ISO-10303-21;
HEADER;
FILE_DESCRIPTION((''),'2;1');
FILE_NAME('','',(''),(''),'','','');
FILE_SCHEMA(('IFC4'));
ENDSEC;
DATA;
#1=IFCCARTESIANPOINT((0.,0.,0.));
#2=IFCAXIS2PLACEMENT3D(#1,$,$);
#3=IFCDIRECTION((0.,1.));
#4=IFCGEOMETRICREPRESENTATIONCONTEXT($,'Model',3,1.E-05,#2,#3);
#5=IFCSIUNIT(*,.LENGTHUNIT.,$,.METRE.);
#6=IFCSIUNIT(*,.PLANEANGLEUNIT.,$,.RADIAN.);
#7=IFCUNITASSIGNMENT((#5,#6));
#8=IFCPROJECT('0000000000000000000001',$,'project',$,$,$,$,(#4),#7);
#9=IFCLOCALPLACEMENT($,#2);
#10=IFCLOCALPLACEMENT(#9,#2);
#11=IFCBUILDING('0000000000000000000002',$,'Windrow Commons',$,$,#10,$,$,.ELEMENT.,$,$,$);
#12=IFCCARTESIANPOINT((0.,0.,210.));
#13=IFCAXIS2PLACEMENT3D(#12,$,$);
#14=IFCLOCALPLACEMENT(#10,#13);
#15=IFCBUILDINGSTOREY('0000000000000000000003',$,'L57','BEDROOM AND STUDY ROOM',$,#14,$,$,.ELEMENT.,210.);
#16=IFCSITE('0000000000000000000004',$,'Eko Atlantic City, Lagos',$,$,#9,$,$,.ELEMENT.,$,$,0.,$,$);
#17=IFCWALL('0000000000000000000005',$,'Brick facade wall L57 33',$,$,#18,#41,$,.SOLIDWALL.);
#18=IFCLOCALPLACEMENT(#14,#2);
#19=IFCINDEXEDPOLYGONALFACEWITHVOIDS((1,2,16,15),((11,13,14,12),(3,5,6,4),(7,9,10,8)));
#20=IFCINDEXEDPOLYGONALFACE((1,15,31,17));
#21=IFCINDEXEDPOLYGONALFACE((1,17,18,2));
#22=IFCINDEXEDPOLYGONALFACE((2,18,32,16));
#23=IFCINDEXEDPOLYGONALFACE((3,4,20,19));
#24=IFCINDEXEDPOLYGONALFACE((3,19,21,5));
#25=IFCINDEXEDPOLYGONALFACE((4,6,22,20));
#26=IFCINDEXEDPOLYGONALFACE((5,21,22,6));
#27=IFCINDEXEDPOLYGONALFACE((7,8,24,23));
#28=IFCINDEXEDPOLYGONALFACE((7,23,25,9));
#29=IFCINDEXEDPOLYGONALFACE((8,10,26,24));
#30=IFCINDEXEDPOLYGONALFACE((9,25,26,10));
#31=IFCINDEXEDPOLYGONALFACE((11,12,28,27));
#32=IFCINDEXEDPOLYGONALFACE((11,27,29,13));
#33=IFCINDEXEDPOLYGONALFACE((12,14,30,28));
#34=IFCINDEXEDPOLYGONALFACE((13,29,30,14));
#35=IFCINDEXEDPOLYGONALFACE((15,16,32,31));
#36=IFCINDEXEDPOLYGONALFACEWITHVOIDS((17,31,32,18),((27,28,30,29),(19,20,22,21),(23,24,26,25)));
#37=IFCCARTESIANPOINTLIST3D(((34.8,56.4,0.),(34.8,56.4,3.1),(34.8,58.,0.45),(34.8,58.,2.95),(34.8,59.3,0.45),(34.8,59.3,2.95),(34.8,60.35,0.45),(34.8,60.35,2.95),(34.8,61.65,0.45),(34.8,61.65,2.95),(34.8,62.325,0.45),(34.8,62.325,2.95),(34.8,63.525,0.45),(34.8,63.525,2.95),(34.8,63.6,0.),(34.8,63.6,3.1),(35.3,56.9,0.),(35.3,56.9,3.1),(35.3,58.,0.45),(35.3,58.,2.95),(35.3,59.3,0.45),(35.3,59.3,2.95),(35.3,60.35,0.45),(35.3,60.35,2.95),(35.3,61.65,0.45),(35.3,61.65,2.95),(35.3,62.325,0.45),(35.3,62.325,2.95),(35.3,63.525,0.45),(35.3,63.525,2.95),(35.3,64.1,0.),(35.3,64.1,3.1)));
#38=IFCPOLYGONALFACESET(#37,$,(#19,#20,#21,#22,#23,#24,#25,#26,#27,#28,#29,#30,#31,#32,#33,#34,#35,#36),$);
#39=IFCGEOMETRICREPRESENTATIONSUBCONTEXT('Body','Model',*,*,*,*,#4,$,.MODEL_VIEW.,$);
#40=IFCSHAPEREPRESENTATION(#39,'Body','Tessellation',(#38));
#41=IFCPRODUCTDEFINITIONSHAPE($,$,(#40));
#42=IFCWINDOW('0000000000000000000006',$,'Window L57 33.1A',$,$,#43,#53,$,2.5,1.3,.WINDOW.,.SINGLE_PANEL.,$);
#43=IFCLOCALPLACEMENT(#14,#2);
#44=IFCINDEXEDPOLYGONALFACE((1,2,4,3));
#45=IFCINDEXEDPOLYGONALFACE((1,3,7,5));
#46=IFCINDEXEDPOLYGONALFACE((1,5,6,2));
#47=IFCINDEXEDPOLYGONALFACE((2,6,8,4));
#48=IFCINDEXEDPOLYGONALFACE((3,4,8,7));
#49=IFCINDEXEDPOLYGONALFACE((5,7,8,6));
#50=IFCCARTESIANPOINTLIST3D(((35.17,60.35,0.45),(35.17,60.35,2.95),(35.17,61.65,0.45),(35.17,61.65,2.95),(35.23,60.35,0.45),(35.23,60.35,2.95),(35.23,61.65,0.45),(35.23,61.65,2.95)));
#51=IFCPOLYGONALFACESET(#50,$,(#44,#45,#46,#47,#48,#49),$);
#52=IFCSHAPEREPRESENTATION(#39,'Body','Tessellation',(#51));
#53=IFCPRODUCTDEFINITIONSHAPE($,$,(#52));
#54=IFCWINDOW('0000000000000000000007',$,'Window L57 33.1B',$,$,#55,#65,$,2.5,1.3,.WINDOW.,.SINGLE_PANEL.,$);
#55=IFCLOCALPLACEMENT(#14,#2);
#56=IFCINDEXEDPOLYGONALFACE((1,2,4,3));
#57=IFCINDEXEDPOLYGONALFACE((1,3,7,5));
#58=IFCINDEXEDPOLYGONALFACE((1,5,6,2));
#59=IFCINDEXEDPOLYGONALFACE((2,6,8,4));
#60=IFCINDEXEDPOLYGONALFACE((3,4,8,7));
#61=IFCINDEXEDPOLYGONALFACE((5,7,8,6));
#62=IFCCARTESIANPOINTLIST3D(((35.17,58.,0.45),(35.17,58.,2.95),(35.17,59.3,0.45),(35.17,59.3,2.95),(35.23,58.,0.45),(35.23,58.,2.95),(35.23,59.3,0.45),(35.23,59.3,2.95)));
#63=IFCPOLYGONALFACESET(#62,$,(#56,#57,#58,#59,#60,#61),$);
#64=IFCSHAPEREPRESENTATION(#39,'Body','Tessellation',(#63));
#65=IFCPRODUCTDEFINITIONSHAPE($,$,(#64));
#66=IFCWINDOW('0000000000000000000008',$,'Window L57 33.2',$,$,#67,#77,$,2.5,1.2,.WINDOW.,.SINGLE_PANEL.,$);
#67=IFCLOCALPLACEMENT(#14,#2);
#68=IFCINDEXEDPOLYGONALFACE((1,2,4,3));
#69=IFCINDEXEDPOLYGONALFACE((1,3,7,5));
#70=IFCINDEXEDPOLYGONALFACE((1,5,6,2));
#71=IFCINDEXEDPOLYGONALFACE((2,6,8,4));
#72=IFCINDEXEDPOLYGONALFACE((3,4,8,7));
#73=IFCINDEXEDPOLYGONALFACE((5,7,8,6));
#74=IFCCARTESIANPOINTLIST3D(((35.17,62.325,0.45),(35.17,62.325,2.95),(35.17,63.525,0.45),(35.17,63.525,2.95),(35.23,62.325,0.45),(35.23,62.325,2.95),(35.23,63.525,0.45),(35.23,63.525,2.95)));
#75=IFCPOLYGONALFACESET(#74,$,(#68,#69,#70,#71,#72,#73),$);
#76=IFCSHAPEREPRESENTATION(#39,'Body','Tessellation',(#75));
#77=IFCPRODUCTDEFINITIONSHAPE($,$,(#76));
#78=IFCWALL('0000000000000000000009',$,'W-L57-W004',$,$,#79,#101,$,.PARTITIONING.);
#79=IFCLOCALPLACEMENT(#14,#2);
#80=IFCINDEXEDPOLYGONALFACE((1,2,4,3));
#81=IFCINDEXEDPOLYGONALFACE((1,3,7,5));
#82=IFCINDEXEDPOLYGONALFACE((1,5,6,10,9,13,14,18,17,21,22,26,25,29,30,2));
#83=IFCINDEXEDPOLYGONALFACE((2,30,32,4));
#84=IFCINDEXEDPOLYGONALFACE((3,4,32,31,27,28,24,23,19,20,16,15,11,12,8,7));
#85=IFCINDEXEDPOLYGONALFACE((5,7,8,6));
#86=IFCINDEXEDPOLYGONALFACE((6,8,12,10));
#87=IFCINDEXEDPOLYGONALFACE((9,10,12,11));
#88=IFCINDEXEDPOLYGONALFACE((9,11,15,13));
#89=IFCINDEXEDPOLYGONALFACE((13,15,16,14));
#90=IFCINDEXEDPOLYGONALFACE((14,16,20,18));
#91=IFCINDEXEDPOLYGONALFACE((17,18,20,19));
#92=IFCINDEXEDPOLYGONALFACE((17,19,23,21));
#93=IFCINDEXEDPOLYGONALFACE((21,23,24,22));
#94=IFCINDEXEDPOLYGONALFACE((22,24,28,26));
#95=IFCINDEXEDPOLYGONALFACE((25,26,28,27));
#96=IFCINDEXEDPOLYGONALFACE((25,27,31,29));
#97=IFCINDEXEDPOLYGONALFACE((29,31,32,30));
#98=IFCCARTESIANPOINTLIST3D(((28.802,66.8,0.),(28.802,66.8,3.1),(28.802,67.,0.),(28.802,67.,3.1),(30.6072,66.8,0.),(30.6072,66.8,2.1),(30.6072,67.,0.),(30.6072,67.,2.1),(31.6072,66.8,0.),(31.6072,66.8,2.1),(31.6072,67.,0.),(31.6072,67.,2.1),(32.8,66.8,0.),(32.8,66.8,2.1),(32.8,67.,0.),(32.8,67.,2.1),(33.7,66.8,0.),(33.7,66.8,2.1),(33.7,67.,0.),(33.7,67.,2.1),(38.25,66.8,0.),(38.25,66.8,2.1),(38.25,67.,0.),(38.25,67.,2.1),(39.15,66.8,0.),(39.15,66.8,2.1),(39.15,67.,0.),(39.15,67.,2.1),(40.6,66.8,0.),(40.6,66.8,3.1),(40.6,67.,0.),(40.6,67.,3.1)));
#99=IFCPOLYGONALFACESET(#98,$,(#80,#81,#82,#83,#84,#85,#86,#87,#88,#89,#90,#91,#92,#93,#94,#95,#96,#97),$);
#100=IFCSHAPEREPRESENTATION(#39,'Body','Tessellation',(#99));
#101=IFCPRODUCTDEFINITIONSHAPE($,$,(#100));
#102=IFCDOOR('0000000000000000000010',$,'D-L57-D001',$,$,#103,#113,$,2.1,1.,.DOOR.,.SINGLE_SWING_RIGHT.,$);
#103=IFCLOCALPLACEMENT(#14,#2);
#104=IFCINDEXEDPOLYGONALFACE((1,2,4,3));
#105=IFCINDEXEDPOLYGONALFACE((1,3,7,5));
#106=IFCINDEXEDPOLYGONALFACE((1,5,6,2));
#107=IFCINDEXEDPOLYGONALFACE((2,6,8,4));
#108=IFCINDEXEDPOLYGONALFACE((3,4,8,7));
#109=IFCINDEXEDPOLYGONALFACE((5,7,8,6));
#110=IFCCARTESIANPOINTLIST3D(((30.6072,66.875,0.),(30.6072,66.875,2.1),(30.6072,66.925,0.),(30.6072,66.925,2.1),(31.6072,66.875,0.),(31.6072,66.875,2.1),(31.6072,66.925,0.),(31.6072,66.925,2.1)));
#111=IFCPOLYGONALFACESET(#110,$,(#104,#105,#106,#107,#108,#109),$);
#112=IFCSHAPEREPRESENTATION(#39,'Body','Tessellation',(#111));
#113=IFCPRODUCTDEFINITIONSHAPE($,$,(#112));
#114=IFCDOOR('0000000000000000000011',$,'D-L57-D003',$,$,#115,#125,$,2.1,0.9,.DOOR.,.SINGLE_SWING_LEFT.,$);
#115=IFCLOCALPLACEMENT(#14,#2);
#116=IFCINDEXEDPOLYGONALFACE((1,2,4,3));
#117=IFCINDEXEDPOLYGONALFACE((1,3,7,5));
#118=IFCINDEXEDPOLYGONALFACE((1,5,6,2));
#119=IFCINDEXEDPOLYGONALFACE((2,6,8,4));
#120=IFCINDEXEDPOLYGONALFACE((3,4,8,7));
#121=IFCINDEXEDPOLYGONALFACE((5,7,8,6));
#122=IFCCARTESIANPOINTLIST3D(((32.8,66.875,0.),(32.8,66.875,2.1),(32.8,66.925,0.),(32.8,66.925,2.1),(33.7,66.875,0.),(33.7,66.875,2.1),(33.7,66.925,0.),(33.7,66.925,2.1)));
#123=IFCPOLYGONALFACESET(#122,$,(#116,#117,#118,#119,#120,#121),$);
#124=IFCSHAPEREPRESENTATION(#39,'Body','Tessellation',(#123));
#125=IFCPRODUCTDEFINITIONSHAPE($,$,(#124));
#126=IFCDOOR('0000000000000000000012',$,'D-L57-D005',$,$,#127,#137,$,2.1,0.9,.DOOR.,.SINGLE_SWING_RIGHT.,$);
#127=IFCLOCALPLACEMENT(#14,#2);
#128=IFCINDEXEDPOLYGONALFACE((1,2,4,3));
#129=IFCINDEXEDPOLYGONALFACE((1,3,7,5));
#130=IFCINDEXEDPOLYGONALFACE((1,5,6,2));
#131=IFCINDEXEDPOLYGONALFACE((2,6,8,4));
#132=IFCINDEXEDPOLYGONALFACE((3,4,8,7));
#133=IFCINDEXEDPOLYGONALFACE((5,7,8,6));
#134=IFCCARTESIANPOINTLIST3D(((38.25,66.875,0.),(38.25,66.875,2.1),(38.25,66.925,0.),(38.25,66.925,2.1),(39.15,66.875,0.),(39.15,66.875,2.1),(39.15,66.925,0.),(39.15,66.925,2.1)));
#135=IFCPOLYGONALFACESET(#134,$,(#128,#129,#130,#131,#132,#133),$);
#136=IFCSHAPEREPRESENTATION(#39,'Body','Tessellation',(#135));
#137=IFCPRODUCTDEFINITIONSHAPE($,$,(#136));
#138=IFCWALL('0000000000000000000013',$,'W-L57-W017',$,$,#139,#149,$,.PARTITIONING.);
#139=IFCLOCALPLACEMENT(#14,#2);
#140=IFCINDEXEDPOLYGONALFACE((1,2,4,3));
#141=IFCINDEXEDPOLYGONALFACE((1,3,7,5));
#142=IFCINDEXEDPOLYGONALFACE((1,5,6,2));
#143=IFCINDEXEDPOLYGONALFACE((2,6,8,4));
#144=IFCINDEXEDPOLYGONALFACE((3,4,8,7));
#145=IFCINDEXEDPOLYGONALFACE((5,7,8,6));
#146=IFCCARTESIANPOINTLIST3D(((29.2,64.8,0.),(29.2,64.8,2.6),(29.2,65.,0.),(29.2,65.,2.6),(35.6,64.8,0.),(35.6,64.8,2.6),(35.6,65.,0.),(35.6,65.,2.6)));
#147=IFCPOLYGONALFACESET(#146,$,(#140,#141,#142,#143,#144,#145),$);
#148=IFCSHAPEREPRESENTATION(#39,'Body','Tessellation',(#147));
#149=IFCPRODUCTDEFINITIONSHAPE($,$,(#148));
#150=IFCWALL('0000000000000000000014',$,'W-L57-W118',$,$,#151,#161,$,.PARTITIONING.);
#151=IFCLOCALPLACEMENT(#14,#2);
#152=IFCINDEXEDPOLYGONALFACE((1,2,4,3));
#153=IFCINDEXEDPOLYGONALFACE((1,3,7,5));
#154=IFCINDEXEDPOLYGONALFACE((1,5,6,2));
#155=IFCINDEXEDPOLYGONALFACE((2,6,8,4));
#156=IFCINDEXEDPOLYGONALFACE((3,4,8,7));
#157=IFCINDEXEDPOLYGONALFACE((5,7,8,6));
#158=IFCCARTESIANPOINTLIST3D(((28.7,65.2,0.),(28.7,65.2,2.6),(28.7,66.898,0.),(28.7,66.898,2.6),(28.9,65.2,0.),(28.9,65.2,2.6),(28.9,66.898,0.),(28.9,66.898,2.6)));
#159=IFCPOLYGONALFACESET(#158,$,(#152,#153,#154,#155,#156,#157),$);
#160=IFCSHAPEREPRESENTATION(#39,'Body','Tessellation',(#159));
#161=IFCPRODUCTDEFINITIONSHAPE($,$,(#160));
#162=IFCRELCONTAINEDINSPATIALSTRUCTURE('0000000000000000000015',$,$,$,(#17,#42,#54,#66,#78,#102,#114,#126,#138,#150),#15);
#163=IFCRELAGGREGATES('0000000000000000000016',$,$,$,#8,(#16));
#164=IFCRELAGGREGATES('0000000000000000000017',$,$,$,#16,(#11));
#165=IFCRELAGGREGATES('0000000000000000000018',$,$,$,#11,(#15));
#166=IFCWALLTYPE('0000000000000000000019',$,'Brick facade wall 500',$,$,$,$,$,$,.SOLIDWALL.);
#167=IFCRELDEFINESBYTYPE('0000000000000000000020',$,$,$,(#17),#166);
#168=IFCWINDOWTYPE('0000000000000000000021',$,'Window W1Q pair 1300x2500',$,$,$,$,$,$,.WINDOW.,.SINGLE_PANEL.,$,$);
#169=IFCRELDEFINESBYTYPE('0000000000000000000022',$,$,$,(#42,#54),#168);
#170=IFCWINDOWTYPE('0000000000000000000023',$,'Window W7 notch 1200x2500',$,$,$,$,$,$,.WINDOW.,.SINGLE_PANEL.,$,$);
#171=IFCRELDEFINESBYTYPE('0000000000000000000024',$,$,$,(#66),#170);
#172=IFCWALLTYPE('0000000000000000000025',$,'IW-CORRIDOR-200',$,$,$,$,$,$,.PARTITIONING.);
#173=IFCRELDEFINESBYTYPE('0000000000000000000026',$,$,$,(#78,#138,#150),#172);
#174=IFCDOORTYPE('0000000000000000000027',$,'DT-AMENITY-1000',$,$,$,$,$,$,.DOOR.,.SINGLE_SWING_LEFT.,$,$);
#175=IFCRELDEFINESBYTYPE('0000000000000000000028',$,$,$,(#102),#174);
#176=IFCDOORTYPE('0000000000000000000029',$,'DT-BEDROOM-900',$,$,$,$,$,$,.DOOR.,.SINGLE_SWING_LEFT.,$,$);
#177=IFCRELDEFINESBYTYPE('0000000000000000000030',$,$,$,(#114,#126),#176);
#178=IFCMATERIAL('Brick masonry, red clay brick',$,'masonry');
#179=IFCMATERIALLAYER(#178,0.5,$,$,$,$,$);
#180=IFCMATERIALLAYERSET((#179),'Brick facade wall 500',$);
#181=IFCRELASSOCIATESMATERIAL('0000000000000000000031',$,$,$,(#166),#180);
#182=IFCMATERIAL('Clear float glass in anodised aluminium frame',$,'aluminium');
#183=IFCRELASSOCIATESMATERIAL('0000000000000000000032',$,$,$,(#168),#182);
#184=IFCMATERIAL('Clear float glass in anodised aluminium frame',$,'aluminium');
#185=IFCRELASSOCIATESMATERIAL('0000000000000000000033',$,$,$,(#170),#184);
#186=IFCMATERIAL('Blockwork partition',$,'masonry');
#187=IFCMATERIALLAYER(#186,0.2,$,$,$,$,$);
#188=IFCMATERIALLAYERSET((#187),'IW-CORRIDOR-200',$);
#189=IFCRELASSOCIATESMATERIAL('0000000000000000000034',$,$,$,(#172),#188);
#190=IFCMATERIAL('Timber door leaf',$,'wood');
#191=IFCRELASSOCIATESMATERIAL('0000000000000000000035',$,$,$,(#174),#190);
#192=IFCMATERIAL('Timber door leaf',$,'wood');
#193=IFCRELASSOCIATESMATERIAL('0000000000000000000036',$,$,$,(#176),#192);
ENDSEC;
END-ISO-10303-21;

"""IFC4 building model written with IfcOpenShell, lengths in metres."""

from ifc_helpers import new_model, si_unit, direction, frame, frame_2d, origin, place, context, subcontext, project, spatial, polyline, rectangle, outline, extrude, material, layer, layer_set, type_object, element, fill, save


model = new_model("IFC4")

# Units and contexts
model_context = context("Model", 3, precision=1e-05, world=origin(), true_north=direction((0.0, 1.0)))
body_context = subcontext(model_context, "Body", "Model", "MODEL_VIEW")
ifc_project = project(units=[si_unit("LENGTHUNIT", "METRE"), si_unit("PLANEANGLEUNIT", "RADIAN")], contexts=[model_context])

# Site, building, storey
site_placement = place(None, origin())
site = spatial("IfcSite", under=ifc_project, at=site_placement, Name="Eko Atlantic City, Lagos", CompositionType="ELEMENT", RefElevation=0.0)
building_placement = place(site_placement, origin())
building = spatial("IfcBuilding", under=site, at=building_placement, Name="Windrow Commons", CompositionType="ELEMENT")
storey_placement = place(building_placement, frame((0.0, 0.0, 210.0)))
storey = spatial("IfcBuildingStorey", under=building, at=storey_placement, Name="L57", Description="BEDROOM AND STUDY ROOM", CompositionType="ELEMENT", Elevation=210.0)

# Wall, openings, windows
ifc_material_1 = material(Name="Brick masonry, red clay brick", Category="masonry")
ifc_layer_1 = layer(ifc_material_1, 0.5)
ifc_layer_set_1 = layer_set([ifc_layer_1], Name="Brick facade wall 500")
wall_type_1 = type_object("IfcWallType", Name="Brick facade wall 500", PredefinedType="SOLIDWALL", material=ifc_layer_set_1)
ifc_material_2 = material(Name="Clear float glass in anodised aluminium frame", Category="aluminium")
window_type_1 = type_object("IfcWindowType", Name="Window W1Q pair 1300x2500", PartitioningType="SINGLE_PANEL", PredefinedType="WINDOW", material=ifc_material_2)
ifc_material_3 = material(Name="Clear float glass in anodised aluminium frame", Category="aluminium")
window_type_2 = type_object("IfcWindowType", Name="Window W7 notch 1200x2500", PartitioningType="SINGLE_PANEL", PredefinedType="WINDOW", material=ifc_material_3)
wall_1_placement = place(storey_placement, frame((35.05, 63.85, 0.0), z_axis=(0.0, 0.0, 1.0), x_axis=(0.0, -1.0, 0.0)))
wall_1 = element("IfcWall", 1, at=wall_1_placement, inside=storey, type_object=wall_type_1, Name="Brick facade wall L57 33", PredefinedType="SOLIDWALL", context=body_context, shape_type="SweptSolid", body=[
    extrude(outline(polyline([(0.25, -0.25), (7.45, -0.25), (6.95, 0.25), (-0.25, 0.25), (0.25, -0.25)])), origin(), (0.0, 0.0, 1.0), 3.1),
])
opening_1_placement = place(wall_1_placement, frame((2.2, 0.0, 0.45)))
opening_1 = element("IfcOpeningElement", 2, at=opening_1_placement, cuts=wall_1, PredefinedType="OPENING", context=body_context, shape_type="SweptSolid", body=[
    extrude(rectangle(XDim=1.3, YDim=2.5, at=frame_2d((0.65, 1.25))), frame((0.0, 0.26, 0.0), z_axis=(0.0, -1.0, 0.0), x_axis=(1.0, 0.0, 0.0)), (0.0, 0.0, 1.0), 0.52),
])
opening_2_placement = place(wall_1_placement, frame((4.55, 0.0, 0.45)))
opening_2 = element("IfcOpeningElement", 3, at=opening_2_placement, cuts=wall_1, PredefinedType="OPENING", context=body_context, shape_type="SweptSolid", body=[
    extrude(rectangle(XDim=1.3, YDim=2.5, at=frame_2d((0.65, 1.25))), frame((0.0, 0.26, 0.0), z_axis=(0.0, -1.0, 0.0), x_axis=(1.0, 0.0, 0.0)), (0.0, 0.0, 1.0), 0.52),
])
opening_3_placement = place(wall_1_placement, frame((0.325, 0.0, 0.45)))
opening_3 = element("IfcOpeningElement", 4, at=opening_3_placement, cuts=wall_1, PredefinedType="OPENING", context=body_context, shape_type="SweptSolid", body=[
    extrude(rectangle(XDim=1.2, YDim=2.5, at=frame_2d((0.6, 1.25))), frame((0.0, 0.26, 0.0), z_axis=(0.0, -1.0, 0.0), x_axis=(1.0, 0.0, 0.0)), (0.0, 0.0, 1.0), 0.52),
])
window_1_placement = place(opening_1_placement, origin())
window_1 = element("IfcWindow", 5, at=window_1_placement, inside=storey, type_object=window_type_1, Name="Window L57 33.1A", OverallHeight=2.5, OverallWidth=1.3, PartitioningType="SINGLE_PANEL", PredefinedType="WINDOW", context=body_context, shape_type="SweptSolid", body=[
    extrude(rectangle(XDim=1.3, YDim=2.5, at=frame_2d((0.65, 1.25))), frame((0.0, 0.18, 0.0), z_axis=(0.0, -1.0, 0.0), x_axis=(1.0, 0.0, 0.0)), (0.0, 0.0, 1.0), 0.06),
])
fill(opening_1, window_1)
window_2_placement = place(opening_2_placement, origin())
window_2 = element("IfcWindow", 6, at=window_2_placement, inside=storey, type_object=window_type_1, Name="Window L57 33.1B", OverallHeight=2.5, OverallWidth=1.3, PartitioningType="SINGLE_PANEL", PredefinedType="WINDOW", context=body_context, shape_type="SweptSolid", body=[
    extrude(rectangle(XDim=1.3, YDim=2.5, at=frame_2d((0.65, 1.25))), frame((0.0, 0.18, 0.0), z_axis=(0.0, -1.0, 0.0), x_axis=(1.0, 0.0, 0.0)), (0.0, 0.0, 1.0), 0.06),
])
fill(opening_2, window_2)
window_3_placement = place(opening_3_placement, origin())
window_3 = element("IfcWindow", 7, at=window_3_placement, inside=storey, type_object=window_type_2, Name="Window L57 33.2", OverallHeight=2.5, OverallWidth=1.2, PartitioningType="SINGLE_PANEL", PredefinedType="WINDOW", context=body_context, shape_type="SweptSolid", body=[
    extrude(rectangle(XDim=1.2, YDim=2.5, at=frame_2d((0.6, 1.25))), frame((0.0, 0.18, 0.0), z_axis=(0.0, -1.0, 0.0), x_axis=(1.0, 0.0, 0.0)), (0.0, 0.0, 1.0), 0.06),
])
fill(opening_3, window_3)

# Wall, openings, doors
ifc_material_4 = material(Name="Blockwork partition", Category="masonry")
ifc_layer_2 = layer(ifc_material_4, 0.2)
ifc_layer_set_2 = layer_set([ifc_layer_2], Name="IW-CORRIDOR-200")
wall_type_2 = type_object("IfcWallType", Name="IW-CORRIDOR-200", PredefinedType="PARTITIONING", material=ifc_layer_set_2)
wall_2_placement = place(storey_placement, frame((28.802, 66.9, 0.0), z_axis=(0.0, 0.0, 1.0), x_axis=(1.0, 0.0, 0.0)))
wall_2 = element("IfcWall", 8, at=wall_2_placement, inside=storey, type_object=wall_type_2, Name="W-L57-W004", PredefinedType="PARTITIONING", context=body_context, shape_type="SweptSolid", body=[
    extrude(rectangle(XDim=11.798, YDim=0.2, at=frame_2d((5.899, 0.0))), origin(), (0.0, 0.0, 1.0), 3.1),
])
opening_4_placement = place(wall_2_placement, frame((1.8052, 0.0, 0.0)))
opening_4 = element("IfcOpeningElement", 9, at=opening_4_placement, cuts=wall_2, PredefinedType="OPENING", context=body_context, shape_type="SweptSolid", body=[
    extrude(rectangle(XDim=1.0, YDim=2.1, at=frame_2d((0.5, 1.05))), frame((0.0, 0.11, 0.0), z_axis=(0.0, -1.0, 0.0), x_axis=(1.0, 0.0, 0.0)), (0.0, 0.0, 1.0), 0.22),
])
opening_5_placement = place(wall_2_placement, frame((3.998, 0.0, 0.0)))
opening_5 = element("IfcOpeningElement", 10, at=opening_5_placement, cuts=wall_2, PredefinedType="OPENING", context=body_context, shape_type="SweptSolid", body=[
    extrude(rectangle(XDim=0.9, YDim=2.1, at=frame_2d((0.45, 1.05))), frame((0.0, 0.11, 0.0), z_axis=(0.0, -1.0, 0.0), x_axis=(1.0, 0.0, 0.0)), (0.0, 0.0, 1.0), 0.22),
])
opening_6_placement = place(wall_2_placement, frame((9.448, 0.0, 0.0)))
opening_6 = element("IfcOpeningElement", 11, at=opening_6_placement, cuts=wall_2, PredefinedType="OPENING", context=body_context, shape_type="SweptSolid", body=[
    extrude(rectangle(XDim=0.9, YDim=2.1, at=frame_2d((0.45, 1.05))), frame((0.0, 0.11, 0.0), z_axis=(0.0, -1.0, 0.0), x_axis=(1.0, 0.0, 0.0)), (0.0, 0.0, 1.0), 0.22),
])
ifc_material_5 = material(Name="Timber door leaf", Category="wood")
door_type_1 = type_object("IfcDoorType", Name="DT-AMENITY-1000", OperationType="SINGLE_SWING_LEFT", PredefinedType="DOOR", material=ifc_material_5)
door_1_placement = place(opening_4_placement, origin())
door_1 = element("IfcDoor", 12, at=door_1_placement, inside=storey, type_object=door_type_1, Name="D-L57-D001", OperationType="SINGLE_SWING_RIGHT", OverallHeight=2.1, OverallWidth=1.0, PredefinedType="DOOR", context=body_context, shape_type="SweptSolid", body=[
    extrude(rectangle(XDim=1.0, YDim=2.1, at=frame_2d((0.5, 1.05))), frame((0.0, 0.025, 0.0), z_axis=(0.0, -1.0, 0.0), x_axis=(1.0, 0.0, 0.0)), (0.0, 0.0, 1.0), 0.05),
])
fill(opening_4, door_1)
ifc_material_6 = material(Name="Timber door leaf", Category="wood")
door_type_2 = type_object("IfcDoorType", Name="DT-BEDROOM-900", OperationType="SINGLE_SWING_LEFT", PredefinedType="DOOR", material=ifc_material_6)
door_2_placement = place(opening_5_placement, origin())
door_2 = element("IfcDoor", 13, at=door_2_placement, inside=storey, type_object=door_type_2, Name="D-L57-D003", OperationType="SINGLE_SWING_LEFT", OverallHeight=2.1, OverallWidth=0.9, PredefinedType="DOOR", context=body_context, shape_type="SweptSolid", body=[
    extrude(rectangle(XDim=0.9, YDim=2.1, at=frame_2d((0.45, 1.05))), frame((0.0, 0.025, 0.0), z_axis=(0.0, -1.0, 0.0), x_axis=(1.0, 0.0, 0.0)), (0.0, 0.0, 1.0), 0.05),
])
fill(opening_5, door_2)
door_3_placement = place(opening_6_placement, origin())
door_3 = element("IfcDoor", 14, at=door_3_placement, inside=storey, type_object=door_type_2, Name="D-L57-D005", OperationType="SINGLE_SWING_RIGHT", OverallHeight=2.1, OverallWidth=0.9, PredefinedType="DOOR", context=body_context, shape_type="SweptSolid", body=[
    extrude(rectangle(XDim=0.9, YDim=2.1, at=frame_2d((0.45, 1.05))), frame((0.0, 0.025, 0.0), z_axis=(0.0, -1.0, 0.0), x_axis=(1.0, 0.0, 0.0)), (0.0, 0.0, 1.0), 0.05),
])
fill(opening_6, door_3)

# Walls
wall_3_placement = place(storey_placement, frame((29.2, 64.9, 0.0), z_axis=(0.0, 0.0, 1.0), x_axis=(1.0, 0.0, 0.0)))
element("IfcWall", 15, at=wall_3_placement, inside=storey, type_object=wall_type_2, Name="W-L57-W017", PredefinedType="PARTITIONING", context=body_context, shape_type="SweptSolid", body=[
    extrude(rectangle(XDim=6.4, YDim=0.2, at=frame_2d((3.2, 0.0))), origin(), (0.0, 0.0, 1.0), 2.6),
])
wall_4_placement = place(storey_placement, frame((28.8, 65.2, 0.0), z_axis=(0.0, 0.0, 1.0), x_axis=(0.0, 1.0, 0.0)))
element("IfcWall", 16, at=wall_4_placement, inside=storey, type_object=wall_type_2, Name="W-L57-W118", PredefinedType="PARTITIONING", context=body_context, shape_type="SweptSolid", body=[
    extrude(rectangle(XDim=1.698, YDim=0.2, at=frame_2d((0.849, 0.0))), origin(), (0.0, 0.0, 1.0), 2.6),
])

save(model, "model.ifc")
